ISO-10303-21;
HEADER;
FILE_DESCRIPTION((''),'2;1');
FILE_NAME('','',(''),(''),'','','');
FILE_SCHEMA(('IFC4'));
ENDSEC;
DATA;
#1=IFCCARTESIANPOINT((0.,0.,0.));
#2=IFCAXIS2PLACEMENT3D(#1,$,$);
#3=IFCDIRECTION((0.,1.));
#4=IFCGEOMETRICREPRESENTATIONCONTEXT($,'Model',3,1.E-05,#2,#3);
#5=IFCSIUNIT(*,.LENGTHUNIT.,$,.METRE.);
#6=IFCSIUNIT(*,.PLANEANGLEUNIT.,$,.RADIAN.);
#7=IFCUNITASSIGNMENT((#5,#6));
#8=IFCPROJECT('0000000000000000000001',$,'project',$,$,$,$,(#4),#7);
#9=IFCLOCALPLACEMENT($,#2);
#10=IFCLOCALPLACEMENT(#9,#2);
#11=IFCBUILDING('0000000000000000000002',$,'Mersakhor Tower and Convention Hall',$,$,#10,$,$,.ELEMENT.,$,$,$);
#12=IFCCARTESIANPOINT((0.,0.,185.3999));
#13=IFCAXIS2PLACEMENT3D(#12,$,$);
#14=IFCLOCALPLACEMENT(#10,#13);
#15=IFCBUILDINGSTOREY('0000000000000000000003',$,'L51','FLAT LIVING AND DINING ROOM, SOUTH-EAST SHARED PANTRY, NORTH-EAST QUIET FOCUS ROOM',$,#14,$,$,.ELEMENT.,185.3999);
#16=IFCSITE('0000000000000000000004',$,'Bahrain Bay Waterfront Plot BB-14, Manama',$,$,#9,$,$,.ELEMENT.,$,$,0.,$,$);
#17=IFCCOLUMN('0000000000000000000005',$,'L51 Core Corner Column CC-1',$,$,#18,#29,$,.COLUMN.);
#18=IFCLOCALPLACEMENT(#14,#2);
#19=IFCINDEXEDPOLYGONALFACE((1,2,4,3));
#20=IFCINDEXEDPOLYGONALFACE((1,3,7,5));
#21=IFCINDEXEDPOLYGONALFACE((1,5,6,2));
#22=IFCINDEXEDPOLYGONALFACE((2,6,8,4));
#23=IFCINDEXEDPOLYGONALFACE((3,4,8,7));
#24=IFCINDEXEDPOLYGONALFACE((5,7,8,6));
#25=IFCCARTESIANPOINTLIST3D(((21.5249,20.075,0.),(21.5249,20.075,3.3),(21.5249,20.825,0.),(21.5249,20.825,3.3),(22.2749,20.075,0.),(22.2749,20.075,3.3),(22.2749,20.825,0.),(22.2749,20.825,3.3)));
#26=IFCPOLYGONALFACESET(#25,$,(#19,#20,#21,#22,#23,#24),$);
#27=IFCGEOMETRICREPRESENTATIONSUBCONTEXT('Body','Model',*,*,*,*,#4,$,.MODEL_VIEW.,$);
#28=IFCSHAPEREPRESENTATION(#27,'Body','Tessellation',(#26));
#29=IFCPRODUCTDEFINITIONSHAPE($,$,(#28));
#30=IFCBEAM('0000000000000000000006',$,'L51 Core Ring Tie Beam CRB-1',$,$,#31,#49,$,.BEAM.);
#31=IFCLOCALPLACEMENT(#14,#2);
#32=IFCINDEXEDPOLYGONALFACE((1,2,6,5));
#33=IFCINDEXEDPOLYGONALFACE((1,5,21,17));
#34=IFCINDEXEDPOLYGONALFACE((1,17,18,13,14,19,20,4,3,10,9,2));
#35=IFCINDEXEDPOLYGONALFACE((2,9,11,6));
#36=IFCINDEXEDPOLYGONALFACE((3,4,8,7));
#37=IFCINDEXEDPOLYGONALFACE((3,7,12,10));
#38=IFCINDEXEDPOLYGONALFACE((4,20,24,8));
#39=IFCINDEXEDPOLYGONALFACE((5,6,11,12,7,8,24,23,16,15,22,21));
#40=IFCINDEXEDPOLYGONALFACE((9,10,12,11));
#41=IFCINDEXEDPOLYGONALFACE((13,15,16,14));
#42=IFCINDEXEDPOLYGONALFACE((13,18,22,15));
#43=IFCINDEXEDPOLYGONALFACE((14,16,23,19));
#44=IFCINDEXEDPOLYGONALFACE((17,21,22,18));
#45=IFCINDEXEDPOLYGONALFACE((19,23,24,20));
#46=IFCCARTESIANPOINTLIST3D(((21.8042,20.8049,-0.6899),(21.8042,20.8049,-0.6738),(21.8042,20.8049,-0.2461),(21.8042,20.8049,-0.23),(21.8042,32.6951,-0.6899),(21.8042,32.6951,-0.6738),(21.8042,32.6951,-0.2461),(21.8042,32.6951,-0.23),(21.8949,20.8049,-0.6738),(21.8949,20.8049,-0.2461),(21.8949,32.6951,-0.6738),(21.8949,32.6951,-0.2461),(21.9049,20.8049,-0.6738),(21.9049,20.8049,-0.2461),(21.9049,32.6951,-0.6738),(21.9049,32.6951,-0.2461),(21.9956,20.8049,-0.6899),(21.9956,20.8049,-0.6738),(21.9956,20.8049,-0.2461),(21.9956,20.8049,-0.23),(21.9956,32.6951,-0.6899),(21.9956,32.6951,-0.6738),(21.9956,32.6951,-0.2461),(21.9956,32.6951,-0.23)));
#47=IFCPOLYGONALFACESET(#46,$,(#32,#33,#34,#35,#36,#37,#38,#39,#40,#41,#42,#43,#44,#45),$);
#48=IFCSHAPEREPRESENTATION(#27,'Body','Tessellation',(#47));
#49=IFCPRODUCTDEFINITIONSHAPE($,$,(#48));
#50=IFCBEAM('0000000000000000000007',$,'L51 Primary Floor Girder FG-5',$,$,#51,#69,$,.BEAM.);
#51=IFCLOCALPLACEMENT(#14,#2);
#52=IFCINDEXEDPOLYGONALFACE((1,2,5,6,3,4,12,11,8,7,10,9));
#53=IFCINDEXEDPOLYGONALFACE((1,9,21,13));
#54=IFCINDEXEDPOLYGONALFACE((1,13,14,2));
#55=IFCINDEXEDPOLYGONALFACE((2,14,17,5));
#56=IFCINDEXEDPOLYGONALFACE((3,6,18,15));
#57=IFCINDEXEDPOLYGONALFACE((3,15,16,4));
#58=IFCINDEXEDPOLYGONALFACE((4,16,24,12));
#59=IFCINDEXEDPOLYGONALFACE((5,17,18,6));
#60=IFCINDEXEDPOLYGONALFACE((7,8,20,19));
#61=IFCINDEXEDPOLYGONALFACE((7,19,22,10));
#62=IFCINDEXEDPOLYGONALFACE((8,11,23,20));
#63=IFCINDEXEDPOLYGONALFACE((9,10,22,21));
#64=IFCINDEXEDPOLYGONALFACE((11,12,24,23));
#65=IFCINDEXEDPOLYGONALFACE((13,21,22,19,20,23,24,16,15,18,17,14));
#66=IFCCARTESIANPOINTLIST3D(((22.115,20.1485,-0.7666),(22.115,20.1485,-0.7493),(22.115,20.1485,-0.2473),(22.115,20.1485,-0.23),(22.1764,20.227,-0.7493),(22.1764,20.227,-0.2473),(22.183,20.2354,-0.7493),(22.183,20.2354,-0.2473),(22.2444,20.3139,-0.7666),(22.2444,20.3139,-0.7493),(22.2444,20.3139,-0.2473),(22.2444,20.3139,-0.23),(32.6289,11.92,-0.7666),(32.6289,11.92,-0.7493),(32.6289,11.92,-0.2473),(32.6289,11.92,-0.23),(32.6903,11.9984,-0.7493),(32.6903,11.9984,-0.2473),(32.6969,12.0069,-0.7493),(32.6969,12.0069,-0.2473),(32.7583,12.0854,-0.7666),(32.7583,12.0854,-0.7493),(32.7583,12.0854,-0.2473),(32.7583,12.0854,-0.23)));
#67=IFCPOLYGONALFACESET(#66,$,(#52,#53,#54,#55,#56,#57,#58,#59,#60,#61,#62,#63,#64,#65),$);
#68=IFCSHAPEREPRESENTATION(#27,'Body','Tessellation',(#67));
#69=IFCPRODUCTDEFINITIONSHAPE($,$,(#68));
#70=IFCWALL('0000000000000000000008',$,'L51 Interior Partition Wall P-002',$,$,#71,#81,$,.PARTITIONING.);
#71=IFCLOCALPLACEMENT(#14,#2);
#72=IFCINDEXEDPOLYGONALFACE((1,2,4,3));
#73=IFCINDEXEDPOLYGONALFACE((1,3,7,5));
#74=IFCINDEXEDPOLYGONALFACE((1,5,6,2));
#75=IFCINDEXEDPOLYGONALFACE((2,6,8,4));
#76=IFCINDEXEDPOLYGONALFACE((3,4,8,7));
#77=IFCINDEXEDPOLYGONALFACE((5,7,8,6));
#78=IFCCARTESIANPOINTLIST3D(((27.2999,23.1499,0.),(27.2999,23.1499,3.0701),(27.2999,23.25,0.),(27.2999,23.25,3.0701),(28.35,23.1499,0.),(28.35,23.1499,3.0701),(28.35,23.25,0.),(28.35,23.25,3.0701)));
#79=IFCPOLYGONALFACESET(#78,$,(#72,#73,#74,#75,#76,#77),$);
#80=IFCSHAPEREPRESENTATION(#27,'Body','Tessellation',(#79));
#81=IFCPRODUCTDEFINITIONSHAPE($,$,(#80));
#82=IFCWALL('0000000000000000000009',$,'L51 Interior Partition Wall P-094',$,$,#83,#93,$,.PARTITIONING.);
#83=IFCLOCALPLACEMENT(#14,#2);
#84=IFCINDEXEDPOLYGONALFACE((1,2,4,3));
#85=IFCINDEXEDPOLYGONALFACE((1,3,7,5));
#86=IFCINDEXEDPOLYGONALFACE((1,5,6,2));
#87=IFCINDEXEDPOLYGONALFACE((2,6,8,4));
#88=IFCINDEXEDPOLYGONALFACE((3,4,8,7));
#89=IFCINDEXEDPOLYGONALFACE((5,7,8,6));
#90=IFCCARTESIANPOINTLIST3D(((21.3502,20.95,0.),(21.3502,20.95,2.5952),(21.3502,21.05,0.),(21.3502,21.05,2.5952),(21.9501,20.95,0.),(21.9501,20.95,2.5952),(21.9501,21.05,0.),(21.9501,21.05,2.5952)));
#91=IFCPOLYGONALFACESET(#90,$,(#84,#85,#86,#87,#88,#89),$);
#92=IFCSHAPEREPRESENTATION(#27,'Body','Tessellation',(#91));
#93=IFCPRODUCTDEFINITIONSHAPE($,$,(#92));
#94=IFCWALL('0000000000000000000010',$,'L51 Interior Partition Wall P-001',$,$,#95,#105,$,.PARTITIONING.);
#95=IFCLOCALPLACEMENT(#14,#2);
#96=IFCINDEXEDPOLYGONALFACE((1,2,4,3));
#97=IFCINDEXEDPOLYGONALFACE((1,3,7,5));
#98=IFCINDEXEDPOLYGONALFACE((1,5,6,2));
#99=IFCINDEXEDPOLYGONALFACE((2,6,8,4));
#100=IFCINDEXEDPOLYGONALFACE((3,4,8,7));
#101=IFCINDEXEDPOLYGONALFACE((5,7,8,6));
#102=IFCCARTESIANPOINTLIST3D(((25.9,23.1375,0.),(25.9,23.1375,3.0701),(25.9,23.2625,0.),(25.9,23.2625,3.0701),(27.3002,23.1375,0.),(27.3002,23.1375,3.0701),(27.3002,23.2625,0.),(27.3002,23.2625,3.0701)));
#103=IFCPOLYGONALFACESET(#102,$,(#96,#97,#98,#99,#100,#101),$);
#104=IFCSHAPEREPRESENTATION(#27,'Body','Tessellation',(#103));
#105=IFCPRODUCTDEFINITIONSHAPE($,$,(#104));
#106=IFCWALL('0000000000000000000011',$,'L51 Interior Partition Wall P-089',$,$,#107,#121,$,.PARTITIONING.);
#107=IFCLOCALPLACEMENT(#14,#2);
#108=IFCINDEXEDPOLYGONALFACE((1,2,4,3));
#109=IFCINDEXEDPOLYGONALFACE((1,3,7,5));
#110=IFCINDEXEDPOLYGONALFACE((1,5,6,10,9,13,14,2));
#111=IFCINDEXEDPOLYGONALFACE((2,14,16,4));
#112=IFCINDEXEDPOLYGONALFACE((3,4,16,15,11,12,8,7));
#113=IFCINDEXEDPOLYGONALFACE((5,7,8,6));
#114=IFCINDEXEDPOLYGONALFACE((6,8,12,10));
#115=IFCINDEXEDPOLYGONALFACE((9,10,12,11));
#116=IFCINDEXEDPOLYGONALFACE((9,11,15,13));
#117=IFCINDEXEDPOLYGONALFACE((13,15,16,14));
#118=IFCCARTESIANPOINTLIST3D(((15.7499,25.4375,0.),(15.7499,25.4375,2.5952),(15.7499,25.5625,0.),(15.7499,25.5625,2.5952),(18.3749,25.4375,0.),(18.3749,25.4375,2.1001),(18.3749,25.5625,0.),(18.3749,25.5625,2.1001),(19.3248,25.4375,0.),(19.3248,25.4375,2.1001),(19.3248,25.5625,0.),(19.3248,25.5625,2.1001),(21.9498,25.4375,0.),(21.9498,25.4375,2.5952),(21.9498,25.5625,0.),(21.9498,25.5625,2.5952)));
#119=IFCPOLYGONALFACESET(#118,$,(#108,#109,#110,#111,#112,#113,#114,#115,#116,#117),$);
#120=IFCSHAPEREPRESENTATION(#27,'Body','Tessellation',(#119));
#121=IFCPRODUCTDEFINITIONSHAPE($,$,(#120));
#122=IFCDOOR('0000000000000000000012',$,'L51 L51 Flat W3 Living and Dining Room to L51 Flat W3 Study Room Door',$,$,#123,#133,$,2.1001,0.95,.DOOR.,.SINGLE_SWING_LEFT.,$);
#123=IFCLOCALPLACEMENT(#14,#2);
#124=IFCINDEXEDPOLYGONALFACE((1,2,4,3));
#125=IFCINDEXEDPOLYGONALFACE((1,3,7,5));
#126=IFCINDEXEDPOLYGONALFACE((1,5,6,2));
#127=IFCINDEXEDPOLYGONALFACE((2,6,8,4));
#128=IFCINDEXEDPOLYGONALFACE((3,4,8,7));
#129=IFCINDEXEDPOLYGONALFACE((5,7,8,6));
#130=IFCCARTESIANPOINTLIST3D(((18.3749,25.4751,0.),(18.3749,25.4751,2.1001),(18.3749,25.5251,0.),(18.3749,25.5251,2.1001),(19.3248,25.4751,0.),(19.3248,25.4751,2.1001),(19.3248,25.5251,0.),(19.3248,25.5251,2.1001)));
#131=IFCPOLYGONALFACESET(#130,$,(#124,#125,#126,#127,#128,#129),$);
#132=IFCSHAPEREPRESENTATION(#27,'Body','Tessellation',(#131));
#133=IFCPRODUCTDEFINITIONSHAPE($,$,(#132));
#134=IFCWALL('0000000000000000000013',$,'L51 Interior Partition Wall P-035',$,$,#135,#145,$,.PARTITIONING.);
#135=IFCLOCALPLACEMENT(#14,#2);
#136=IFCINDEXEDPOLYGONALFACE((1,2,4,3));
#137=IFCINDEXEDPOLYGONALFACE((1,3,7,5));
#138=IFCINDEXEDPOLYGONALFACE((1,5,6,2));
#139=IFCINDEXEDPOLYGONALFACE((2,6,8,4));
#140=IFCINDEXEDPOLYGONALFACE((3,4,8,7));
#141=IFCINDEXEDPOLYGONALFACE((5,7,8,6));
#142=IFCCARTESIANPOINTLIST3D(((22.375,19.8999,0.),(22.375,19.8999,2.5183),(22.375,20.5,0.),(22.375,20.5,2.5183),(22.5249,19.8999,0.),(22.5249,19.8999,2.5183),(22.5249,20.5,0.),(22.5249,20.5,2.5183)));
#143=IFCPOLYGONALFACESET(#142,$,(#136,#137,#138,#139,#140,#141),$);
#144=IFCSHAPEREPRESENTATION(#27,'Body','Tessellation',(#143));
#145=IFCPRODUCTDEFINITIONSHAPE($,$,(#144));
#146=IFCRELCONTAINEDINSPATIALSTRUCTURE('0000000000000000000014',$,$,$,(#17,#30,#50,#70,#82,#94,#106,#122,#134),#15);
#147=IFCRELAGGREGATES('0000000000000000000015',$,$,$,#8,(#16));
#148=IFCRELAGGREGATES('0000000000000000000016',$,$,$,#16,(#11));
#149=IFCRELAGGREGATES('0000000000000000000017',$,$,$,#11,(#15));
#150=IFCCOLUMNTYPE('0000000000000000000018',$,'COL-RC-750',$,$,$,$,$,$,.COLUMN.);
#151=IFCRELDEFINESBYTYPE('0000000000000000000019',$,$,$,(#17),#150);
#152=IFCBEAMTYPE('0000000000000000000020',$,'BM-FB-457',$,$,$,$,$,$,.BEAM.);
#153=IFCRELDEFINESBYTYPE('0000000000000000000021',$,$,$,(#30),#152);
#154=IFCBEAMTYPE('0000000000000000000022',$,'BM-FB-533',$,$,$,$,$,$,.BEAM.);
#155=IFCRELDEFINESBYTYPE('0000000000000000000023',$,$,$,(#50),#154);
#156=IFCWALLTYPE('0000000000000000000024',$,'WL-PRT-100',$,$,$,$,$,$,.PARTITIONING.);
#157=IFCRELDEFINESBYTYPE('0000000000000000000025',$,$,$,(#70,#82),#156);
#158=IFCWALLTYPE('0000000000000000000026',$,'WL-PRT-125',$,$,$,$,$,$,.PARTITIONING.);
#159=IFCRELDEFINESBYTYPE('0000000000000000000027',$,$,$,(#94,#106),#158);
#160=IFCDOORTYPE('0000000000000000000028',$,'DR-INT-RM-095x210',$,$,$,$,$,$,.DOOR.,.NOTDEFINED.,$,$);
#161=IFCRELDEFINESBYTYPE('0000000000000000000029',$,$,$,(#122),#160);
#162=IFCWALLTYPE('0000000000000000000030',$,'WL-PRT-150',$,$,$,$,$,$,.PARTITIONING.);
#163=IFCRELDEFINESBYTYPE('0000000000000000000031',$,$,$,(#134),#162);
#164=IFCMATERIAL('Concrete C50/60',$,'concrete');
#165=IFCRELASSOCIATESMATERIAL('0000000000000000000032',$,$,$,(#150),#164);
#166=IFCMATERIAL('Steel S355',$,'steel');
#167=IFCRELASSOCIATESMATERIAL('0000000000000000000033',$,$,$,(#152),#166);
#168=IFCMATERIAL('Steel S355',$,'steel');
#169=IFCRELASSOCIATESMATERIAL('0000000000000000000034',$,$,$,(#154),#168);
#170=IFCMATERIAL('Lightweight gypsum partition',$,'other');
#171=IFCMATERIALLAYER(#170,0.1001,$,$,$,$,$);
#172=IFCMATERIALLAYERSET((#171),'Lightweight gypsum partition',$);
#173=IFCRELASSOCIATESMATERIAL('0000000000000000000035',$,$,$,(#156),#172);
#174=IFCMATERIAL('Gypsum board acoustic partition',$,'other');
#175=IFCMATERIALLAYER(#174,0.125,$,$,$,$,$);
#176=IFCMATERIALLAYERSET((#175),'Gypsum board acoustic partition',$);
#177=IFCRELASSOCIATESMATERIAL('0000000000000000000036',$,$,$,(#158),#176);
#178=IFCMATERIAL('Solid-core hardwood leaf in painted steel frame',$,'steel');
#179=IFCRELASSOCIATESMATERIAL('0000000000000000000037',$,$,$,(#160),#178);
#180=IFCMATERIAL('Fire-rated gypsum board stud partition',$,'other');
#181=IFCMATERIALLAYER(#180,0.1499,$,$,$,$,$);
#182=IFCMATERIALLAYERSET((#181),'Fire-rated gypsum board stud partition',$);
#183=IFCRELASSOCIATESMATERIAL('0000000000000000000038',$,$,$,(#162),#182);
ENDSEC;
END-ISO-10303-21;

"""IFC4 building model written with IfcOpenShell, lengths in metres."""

from ifc_helpers import new_model, si_unit, direction, frame, frame_2d, origin, origin_2d, place, context, subcontext, project, spatial, rectangle, i_section, extrude, material, layer, layer_set, material_profile, profile_set, type_object, element, fill, save


model = new_model("IFC4")

# Units and contexts
model_context = context("Model", 3, precision=1e-05, world=origin(), true_north=direction((0.0, 1.0)))
body_context = subcontext(model_context, "Body", "Model", "MODEL_VIEW")
ifc_project = project(units=[si_unit("LENGTHUNIT", "METRE"), si_unit("PLANEANGLEUNIT", "RADIAN")], contexts=[model_context])

# Site, building, storey
site_placement = place(None, origin())
site = spatial("IfcSite", under=ifc_project, at=site_placement, Name="Bahrain Bay Waterfront Plot BB-14, Manama", CompositionType="ELEMENT", RefElevation=0.0)
building_placement = place(site_placement, origin())
building = spatial("IfcBuilding", under=site, at=building_placement, Name="Mersakhor Tower and Convention Hall", CompositionType="ELEMENT")
storey_placement = place(building_placement, frame((0.0, 0.0, 185.3999)))
storey = spatial("IfcBuildingStorey", under=building, at=storey_placement, Name="L51", Description="FLAT LIVING AND DINING ROOM, SOUTH-EAST SHARED PANTRY, NORTH-EAST QUIET FOCUS ROOM", CompositionType="ELEMENT", Elevation=185.3999)

# Column
ifc_material_1 = material(Name="Concrete C50/60", Category="concrete")
ifc_material_profile_1 = material_profile(ifc_material_1, rectangle(XDim=0.75, YDim=0.75, at=origin_2d()), Name="RC 750x750")
ifc_profile_set_1 = profile_set([ifc_material_profile_1], Name="Concrete C50/60")
column_type = type_object("IfcColumnType", Name="COL-RC-750", PredefinedType="COLUMN", material=ifc_profile_set_1)
column_placement = place(storey_placement, frame((21.8999, 20.45, 0.0), z_axis=(0.0, 0.0, 1.0), x_axis=(1.0, 0.0, 0.0)))
element("IfcColumn", 1, at=column_placement, inside=storey, type_object=column_type, Name="L51 Core Corner Column CC-1", PredefinedType="COLUMN", context=body_context, shape_type="SweptSolid", body=[
    extrude(rectangle(XDim=0.75, YDim=0.75, at=origin_2d()), origin(), (0.0, 0.0, 1.0), 3.3),
])

# Beams
ifc_material_2 = material(Name="Steel S355", Category="steel")
ifc_material_profile_2 = material_profile(ifc_material_2, i_section(OverallWidth=0.1914, OverallDepth=0.46, WebThickness=0.01, FlangeThickness=0.0161, at=origin_2d()), Name="UB 457x191x82")
ifc_profile_set_2 = profile_set([ifc_material_profile_2], Name="Steel S355")
beam_type_1 = type_object("IfcBeamType", Name="BM-FB-457", PredefinedType="BEAM", material=ifc_profile_set_2)
beam_1_placement = place(storey_placement, frame((21.8999, 20.8049, -0.46), z_axis=(0.0, 1.0, 0.0), x_axis=(-1.0, 0.0, 0.0)))
element("IfcBeam", 2, at=beam_1_placement, inside=storey, type_object=beam_type_1, Name="L51 Core Ring Tie Beam CRB-1", PredefinedType="BEAM", context=body_context, shape_type="SweptSolid", body=[
    extrude(i_section(OverallWidth=0.1914, OverallDepth=0.46, WebThickness=0.01, FlangeThickness=0.0161, at=origin_2d()), origin(), (0.0, 0.0, 1.0), 11.8901),
])
ifc_material_3 = material(Name="Steel S355", Category="steel")
ifc_material_profile_3 = material_profile(ifc_material_3, i_section(OverallWidth=0.21, OverallDepth=0.5366, WebThickness=0.0107, FlangeThickness=0.0173, at=origin_2d()), Name="UB 533x210x101")
ifc_profile_set_3 = profile_set([ifc_material_profile_3], Name="Steel S355")
beam_type_2 = type_object("IfcBeamType", Name="BM-FB-533", PredefinedType="BEAM", material=ifc_profile_set_3)
beam_2_placement = place(storey_placement, frame((22.1797, 20.2312, -0.4983), z_axis=(0.787497, -0.616319, 0.0), x_axis=(0.616319, 0.787497, 0.0)))
element("IfcBeam", 3, at=beam_2_placement, inside=storey, type_object=beam_type_2, Name="L51 Primary Floor Girder FG-5", PredefinedType="BEAM", context=body_context, shape_type="SweptSolid", body=[
    extrude(i_section(OverallWidth=0.21, OverallDepth=0.5366, WebThickness=0.0107, FlangeThickness=0.0173, at=origin_2d()), origin(), (0.0, 0.0, 1.0), 13.3511),
])

# Walls
ifc_material_4 = material(Name="Lightweight gypsum partition", Category="other")
ifc_layer_1 = layer(ifc_material_4, 0.1001)
ifc_layer_set_1 = layer_set([ifc_layer_1], Name="Lightweight gypsum partition")
wall_type_1 = type_object("IfcWallType", Name="WL-PRT-100", PredefinedType="PARTITIONING", material=ifc_layer_set_1)
wall_1_placement = place(storey_placement, frame((27.3, 23.2, 0.0), z_axis=(0.0, 0.0, 1.0), x_axis=(1.0, 0.0, 0.0)))
element("IfcWall", 4, at=wall_1_placement, inside=storey, type_object=wall_type_1, Name="L51 Interior Partition Wall P-002", PredefinedType="PARTITIONING", context=body_context, shape_type="SweptSolid", body=[
    extrude(rectangle(XDim=1.05, YDim=0.1001, at=frame_2d((0.5249, 0.0))), origin(), (0.0, 0.0, 1.0), 3.0701),
])
wall_2_placement = place(storey_placement, frame((21.95, 21.0, 0.0), z_axis=(0.0, 0.0, 1.0), x_axis=(-1.0, 0.0, 0.0)))
element("IfcWall", 5, at=wall_2_placement, inside=storey, type_object=wall_type_1, Name="L51 Interior Partition Wall P-094", PredefinedType="PARTITIONING", context=body_context, shape_type="SweptSolid", body=[
    extrude(rectangle(XDim=0.5999, YDim=0.1001, at=frame_2d((0.2998, 0.0))), origin(), (0.0, 0.0, 1.0), 2.5952),
])
ifc_material_5 = material(Name="Gypsum board acoustic partition", Category="other")
ifc_layer_2 = layer(ifc_material_5, 0.125)
ifc_layer_set_2 = layer_set([ifc_layer_2], Name="Gypsum board acoustic partition")
wall_type_2 = type_object("IfcWallType", Name="WL-PRT-125", PredefinedType="PARTITIONING", material=ifc_layer_set_2)
wall_3_placement = place(storey_placement, frame((25.8999, 23.2, 0.0), z_axis=(0.0, 0.0, 1.0), x_axis=(1.0, 0.0, 0.0)))
element("IfcWall", 6, at=wall_3_placement, inside=storey, type_object=wall_type_2, Name="L51 Interior Partition Wall P-001", PredefinedType="PARTITIONING", context=body_context, shape_type="SweptSolid", body=[
    extrude(rectangle(XDim=1.4001, YDim=0.125, at=frame_2d((0.7002, 0.0))), origin(), (0.0, 0.0, 1.0), 3.0701),
])

# Wall, opening, door
wall_4_placement = place(storey_placement, frame((21.95, 25.5, 0.0), z_axis=(0.0, 0.0, 1.0), x_axis=(-1.0, 0.0, 0.0)))
wall_4 = element("IfcWall", 7, at=wall_4_placement, inside=storey, type_object=wall_type_2, Name="L51 Interior Partition Wall P-089", PredefinedType="PARTITIONING", context=body_context, shape_type="SweptSolid", body=[
    extrude(rectangle(XDim=6.2, YDim=0.125, at=frame_2d((3.1001, 0.0))), origin(), (0.0, 0.0, 1.0), 2.5952),
])
opening_1_placement = place(wall_4_placement, frame((2.625, 0.0, 0.0)))
opening_1 = element("IfcOpeningElement", 8, at=opening_1_placement, cuts=wall_4, PredefinedType="OPENING", context=body_context, shape_type="SweptSolid", body=[
    extrude(rectangle(XDim=0.95, YDim=2.1001, at=frame_2d((0.4751, 1.05))), frame((0.0, 0.0725, 0.0), z_axis=(0.0, -1.0, 0.0), x_axis=(1.0, 0.0, 0.0)), (0.0, 0.0, 1.0), 0.145),
])
ifc_material_6 = material(Name="Solid-core hardwood leaf in painted steel frame", Category="steel")
door_type_1 = type_object("IfcDoorType", Name="DR-INT-RM-095x210", OperationType="NOTDEFINED", PredefinedType="DOOR", material=ifc_material_6)
door_1_placement = place(opening_1_placement, origin())
door_1 = element("IfcDoor", 9, at=door_1_placement, inside=storey, type_object=door_type_1, Name="L51 L51 Flat W3 Living and Dining Room to L51 Flat W3 Study Room Door", OperationType="SINGLE_SWING_LEFT", OverallHeight=2.1001, OverallWidth=0.95, PredefinedType="DOOR", context=body_context, shape_type="SweptSolid", body=[
    extrude(rectangle(XDim=0.95, YDim=2.1001, at=frame_2d((0.4751, 1.05))), frame((0.0, 0.0249, 0.0), z_axis=(0.0, -1.0, 0.0), x_axis=(1.0, 0.0, 0.0)), (0.0, 0.0, 1.0), 0.05),
])
fill(opening_1, door_1)

# Wall
ifc_material_7 = material(Name="Fire-rated gypsum board stud partition", Category="other")
ifc_layer_3 = layer(ifc_material_7, 0.1499)
ifc_layer_set_3 = layer_set([ifc_layer_3], Name="Fire-rated gypsum board stud partition")
wall_type_3 = type_object("IfcWallType", Name="WL-PRT-150", PredefinedType="PARTITIONING", material=ifc_layer_set_3)
wall_5_placement = place(storey_placement, frame((22.45, 19.8999, 0.0), z_axis=(0.0, 0.0, 1.0), x_axis=(0.0, 1.0, 0.0)))
element("IfcWall", 10, at=wall_5_placement, inside=storey, type_object=wall_type_3, Name="L51 Interior Partition Wall P-035", PredefinedType="PARTITIONING", context=body_context, shape_type="SweptSolid", body=[
    extrude(rectangle(XDim=0.6001, YDim=0.1499, at=frame_2d((0.3, 0.0))), origin(), (0.0, 0.0, 1.0), 2.5183),
])

save(model, "model.ifc")
